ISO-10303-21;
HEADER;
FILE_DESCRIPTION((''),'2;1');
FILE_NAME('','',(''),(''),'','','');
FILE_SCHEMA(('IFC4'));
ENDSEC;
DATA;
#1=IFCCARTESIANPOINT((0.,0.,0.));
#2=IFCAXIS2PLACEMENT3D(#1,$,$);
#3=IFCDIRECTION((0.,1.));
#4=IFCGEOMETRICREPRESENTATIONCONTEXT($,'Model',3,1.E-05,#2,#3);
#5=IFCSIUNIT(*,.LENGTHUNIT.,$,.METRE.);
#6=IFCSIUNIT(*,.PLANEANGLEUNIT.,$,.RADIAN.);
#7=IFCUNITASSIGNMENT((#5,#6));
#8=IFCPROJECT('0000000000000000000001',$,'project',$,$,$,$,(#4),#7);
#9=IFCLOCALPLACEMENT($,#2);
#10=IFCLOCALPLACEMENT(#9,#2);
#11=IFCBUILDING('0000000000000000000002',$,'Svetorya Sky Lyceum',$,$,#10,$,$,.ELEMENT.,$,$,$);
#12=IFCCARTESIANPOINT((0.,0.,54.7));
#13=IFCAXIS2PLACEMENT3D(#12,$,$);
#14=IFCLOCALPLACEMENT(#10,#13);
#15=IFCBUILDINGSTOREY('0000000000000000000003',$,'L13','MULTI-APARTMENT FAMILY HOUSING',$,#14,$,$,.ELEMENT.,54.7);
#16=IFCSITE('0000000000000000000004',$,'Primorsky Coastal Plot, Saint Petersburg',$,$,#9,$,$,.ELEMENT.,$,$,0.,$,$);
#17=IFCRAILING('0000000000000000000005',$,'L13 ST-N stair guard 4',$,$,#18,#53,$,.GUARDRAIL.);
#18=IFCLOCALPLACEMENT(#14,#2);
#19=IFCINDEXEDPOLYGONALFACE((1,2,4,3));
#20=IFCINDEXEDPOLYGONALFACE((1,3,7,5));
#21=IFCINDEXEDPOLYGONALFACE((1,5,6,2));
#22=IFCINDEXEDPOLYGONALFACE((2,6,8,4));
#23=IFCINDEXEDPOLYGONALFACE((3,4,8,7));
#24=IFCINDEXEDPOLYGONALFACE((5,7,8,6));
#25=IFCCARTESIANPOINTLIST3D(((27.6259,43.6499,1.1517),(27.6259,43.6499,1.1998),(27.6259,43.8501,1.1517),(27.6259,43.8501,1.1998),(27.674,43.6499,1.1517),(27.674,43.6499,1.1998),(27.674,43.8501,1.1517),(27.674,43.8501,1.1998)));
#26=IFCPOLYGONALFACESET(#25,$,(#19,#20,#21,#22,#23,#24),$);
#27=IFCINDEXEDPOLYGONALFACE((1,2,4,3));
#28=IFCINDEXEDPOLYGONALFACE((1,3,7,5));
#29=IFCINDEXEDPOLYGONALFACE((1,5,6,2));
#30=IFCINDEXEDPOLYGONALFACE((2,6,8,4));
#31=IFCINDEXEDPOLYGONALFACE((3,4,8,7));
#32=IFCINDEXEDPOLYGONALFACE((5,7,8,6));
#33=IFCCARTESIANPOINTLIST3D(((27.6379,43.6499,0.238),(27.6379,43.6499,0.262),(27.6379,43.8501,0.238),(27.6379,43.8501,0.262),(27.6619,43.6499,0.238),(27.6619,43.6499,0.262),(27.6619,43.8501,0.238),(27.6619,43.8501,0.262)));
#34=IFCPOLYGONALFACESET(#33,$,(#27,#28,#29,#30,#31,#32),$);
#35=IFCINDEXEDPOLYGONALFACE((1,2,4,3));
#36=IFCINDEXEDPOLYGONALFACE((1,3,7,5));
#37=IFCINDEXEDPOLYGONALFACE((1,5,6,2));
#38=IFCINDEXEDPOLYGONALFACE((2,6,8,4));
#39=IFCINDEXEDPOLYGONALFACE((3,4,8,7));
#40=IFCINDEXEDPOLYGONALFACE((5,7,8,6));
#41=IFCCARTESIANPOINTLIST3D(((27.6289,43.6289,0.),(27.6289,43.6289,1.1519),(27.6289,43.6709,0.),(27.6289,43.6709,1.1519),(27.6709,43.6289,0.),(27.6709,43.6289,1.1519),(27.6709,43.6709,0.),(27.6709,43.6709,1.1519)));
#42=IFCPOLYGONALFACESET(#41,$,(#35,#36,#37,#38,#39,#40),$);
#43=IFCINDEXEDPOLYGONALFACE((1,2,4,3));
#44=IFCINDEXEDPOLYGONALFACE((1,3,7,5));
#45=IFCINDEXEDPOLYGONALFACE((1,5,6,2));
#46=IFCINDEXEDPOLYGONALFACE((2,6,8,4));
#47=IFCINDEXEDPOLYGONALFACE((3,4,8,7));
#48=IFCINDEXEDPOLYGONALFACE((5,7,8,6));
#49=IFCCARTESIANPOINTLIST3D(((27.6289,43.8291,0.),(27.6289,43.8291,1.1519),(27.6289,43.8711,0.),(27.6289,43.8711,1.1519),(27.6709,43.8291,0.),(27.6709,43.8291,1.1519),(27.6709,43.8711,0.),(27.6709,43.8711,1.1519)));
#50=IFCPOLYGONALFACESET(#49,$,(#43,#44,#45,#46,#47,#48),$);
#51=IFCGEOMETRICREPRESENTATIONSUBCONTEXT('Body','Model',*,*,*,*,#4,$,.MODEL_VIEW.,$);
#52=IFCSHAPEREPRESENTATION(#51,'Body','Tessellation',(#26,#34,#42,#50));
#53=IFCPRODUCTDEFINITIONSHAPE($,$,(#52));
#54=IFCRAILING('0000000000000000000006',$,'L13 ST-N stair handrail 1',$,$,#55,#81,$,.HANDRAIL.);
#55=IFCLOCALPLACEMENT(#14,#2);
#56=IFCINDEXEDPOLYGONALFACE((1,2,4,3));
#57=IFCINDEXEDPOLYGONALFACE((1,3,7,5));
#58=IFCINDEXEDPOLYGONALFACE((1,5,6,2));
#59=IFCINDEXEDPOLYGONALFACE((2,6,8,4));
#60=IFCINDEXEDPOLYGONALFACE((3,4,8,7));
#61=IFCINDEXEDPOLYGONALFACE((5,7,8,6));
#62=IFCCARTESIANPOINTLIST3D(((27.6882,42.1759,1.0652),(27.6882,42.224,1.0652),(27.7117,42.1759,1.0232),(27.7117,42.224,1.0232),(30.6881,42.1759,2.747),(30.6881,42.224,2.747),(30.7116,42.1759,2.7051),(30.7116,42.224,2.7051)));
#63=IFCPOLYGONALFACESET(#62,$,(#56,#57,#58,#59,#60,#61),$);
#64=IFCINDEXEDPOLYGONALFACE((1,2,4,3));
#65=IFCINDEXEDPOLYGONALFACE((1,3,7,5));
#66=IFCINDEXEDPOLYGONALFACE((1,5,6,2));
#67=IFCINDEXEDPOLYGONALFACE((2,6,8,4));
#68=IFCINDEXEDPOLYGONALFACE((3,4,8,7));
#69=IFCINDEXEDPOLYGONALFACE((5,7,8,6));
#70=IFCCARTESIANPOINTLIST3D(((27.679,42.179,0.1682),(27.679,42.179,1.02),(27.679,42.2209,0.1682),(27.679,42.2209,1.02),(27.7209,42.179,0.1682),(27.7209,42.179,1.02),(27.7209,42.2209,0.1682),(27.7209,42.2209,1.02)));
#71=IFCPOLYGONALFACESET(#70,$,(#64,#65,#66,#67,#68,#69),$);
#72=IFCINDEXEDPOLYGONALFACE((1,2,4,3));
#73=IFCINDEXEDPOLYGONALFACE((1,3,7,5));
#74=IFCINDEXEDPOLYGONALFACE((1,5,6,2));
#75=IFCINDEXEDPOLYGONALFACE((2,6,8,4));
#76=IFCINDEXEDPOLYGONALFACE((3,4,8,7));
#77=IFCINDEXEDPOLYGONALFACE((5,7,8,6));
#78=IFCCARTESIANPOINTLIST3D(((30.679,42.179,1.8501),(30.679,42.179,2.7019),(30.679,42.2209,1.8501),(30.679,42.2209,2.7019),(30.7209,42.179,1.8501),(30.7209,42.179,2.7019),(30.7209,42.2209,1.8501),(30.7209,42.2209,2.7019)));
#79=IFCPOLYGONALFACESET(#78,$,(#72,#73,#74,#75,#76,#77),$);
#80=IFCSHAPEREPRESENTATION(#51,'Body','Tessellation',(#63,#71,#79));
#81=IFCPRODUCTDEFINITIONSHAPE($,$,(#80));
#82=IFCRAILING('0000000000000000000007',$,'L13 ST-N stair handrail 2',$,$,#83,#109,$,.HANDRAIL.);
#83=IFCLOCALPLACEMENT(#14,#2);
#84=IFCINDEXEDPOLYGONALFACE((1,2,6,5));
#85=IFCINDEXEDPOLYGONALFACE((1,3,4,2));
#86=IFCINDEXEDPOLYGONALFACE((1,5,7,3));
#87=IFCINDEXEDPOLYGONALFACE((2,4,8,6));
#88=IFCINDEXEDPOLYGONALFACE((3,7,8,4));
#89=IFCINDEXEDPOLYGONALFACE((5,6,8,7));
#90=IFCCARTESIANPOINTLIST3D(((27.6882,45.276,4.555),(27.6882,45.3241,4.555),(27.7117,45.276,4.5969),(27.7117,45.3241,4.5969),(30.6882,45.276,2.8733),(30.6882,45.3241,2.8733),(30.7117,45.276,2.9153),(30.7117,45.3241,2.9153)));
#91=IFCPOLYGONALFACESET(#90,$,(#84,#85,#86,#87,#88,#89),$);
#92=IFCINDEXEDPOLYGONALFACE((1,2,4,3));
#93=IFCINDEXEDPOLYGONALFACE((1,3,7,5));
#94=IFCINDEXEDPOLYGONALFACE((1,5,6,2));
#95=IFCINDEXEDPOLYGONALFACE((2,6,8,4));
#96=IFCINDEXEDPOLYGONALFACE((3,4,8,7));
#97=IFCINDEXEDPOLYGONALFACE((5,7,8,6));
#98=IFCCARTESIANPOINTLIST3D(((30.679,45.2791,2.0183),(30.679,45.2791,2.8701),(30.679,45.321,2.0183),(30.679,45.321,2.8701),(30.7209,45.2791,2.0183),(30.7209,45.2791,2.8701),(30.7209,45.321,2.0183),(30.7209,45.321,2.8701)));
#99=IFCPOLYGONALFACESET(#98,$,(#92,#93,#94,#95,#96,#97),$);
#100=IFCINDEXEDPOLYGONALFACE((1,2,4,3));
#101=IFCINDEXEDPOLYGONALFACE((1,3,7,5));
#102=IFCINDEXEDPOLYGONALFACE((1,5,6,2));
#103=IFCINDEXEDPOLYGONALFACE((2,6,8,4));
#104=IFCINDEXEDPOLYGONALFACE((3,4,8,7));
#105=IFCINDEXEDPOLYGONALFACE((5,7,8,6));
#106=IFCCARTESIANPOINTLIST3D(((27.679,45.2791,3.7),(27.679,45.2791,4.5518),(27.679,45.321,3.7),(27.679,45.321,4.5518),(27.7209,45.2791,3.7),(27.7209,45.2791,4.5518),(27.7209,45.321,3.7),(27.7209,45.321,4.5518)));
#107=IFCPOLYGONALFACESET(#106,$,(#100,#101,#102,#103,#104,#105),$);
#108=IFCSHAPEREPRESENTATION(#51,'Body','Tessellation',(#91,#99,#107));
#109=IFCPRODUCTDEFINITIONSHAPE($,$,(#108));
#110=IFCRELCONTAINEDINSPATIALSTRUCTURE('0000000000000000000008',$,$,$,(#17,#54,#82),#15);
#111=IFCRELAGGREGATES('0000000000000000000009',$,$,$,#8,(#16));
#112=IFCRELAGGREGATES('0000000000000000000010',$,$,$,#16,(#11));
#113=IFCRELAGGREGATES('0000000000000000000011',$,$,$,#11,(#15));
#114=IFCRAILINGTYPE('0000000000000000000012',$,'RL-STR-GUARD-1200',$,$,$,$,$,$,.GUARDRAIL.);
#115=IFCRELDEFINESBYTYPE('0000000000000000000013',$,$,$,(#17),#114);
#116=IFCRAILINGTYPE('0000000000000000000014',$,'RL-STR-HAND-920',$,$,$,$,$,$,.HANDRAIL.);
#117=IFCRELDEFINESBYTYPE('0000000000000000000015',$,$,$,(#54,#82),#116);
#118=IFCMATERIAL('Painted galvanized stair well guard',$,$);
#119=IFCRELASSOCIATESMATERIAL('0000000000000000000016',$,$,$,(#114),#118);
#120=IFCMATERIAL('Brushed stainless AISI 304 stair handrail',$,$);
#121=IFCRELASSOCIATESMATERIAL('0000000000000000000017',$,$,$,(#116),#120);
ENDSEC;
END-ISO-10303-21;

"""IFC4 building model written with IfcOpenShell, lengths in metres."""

from ifc_helpers import new_model, si_unit, direction, frame, origin, origin_2d, place, context, subcontext, project, spatial, rectangle, extrude, material, type_object, element, save


model = new_model("IFC4")

# Units and contexts
model_context = context("Model", 3, precision=1e-05, world=origin(), true_north=direction((0.0, 1.0)))
body_context = subcontext(model_context, "Body", "Model", "MODEL_VIEW")
ifc_project = project(units=[si_unit("LENGTHUNIT", "METRE"), si_unit("PLANEANGLEUNIT", "RADIAN")], contexts=[model_context])

# Site, building, storey
site_placement = place(None, origin())
site = spatial("IfcSite", under=ifc_project, at=site_placement, Name="Primorsky Coastal Plot, Saint Petersburg", CompositionType="ELEMENT", RefElevation=0.0)
building_placement = place(site_placement, origin())
building = spatial("IfcBuilding", under=site, at=building_placement, Name="Svetorya Sky Lyceum", CompositionType="ELEMENT")
storey_placement = place(building_placement, frame((0.0, 0.0, 54.7)))
storey = spatial("IfcBuildingStorey", under=building, at=storey_placement, Name="L13", Description="MULTI-APARTMENT FAMILY HOUSING", CompositionType="ELEMENT", Elevation=54.7)

# Railings
ifc_material_1 = material(Name="Painted galvanized stair well guard")
railing_type_1 = type_object("IfcRailingType", Name="RL-STR-GUARD-1200", PredefinedType="GUARDRAIL", material=ifc_material_1)
railing_1_placement = place(storey_placement, frame((27.6499, 43.6499, 0.0)))
element("IfcRailing", 1, at=railing_1_placement, inside=storey, type_object=railing_type_1, Name="L13 ST-N stair guard 4", PredefinedType="GUARDRAIL", context=body_context, shape_type="SweptSolid", body=[
    extrude(rectangle(XDim=0.0481, YDim=0.0481, at=origin_2d()), frame((0.0, 0.0, 1.1758), z_axis=(0.0, 1.0, 0.0), x_axis=(-1.0, 0.0, 0.0)), (0.0, 0.0, 1.0), 0.2002),
    extrude(rectangle(XDim=0.0239, YDim=0.0239, at=origin_2d()), frame((0.0, 0.0, 0.25), z_axis=(0.0, 1.0, 0.0), x_axis=(-1.0, 0.0, 0.0)), (0.0, 0.0, 1.0), 0.2002),
    extrude(rectangle(XDim=0.042, YDim=0.042, at=origin_2d()), origin(), (0.0, 0.0, 1.0), 1.1519),
    extrude(rectangle(XDim=0.042, YDim=0.042, at=origin_2d()), frame((0.0, 0.2002, 0.0)), (0.0, 0.0, 1.0), 1.1519),
])
ifc_material_2 = material(Name="Brushed stainless AISI 304 stair handrail")
railing_type_2 = type_object("IfcRailingType", Name="RL-STR-HAND-920", PredefinedType="HANDRAIL", material=ifc_material_2)
railing_2_placement = place(storey_placement, frame((27.7, 42.2, 0.1682)))
element("IfcRailing", 2, at=railing_2_placement, inside=storey, type_object=railing_type_2, Name="L13 ST-N stair handrail 1", PredefinedType="HANDRAIL", context=body_context, shape_type="SweptSolid", body=[
    extrude(rectangle(XDim=0.0481, YDim=0.0481, at=origin_2d()), frame((0.0, 0.0, 0.876), z_axis=(0.872272, 0.0, 0.48902), x_axis=(0.0, 1.0, 0.0)), (0.0, 0.0, 1.0), 3.4392),
    extrude(rectangle(XDim=0.042, YDim=0.042, at=origin_2d()), origin(), (0.0, 0.0, 1.0), 0.8518),
    extrude(rectangle(XDim=0.042, YDim=0.042, at=origin_2d()), frame((3.0, 0.0, 1.6819)), (0.0, 0.0, 1.0), 0.8518),
])
railing_3_placement = place(storey_placement, frame((30.7, 45.3, 2.0183)))
element("IfcRailing", 3, at=railing_3_placement, inside=storey, type_object=railing_type_2, Name="L13 ST-N stair handrail 2", PredefinedType="HANDRAIL", context=body_context, shape_type="SweptSolid", body=[
    extrude(rectangle(XDim=0.0481, YDim=0.0481, at=origin_2d()), frame((0.0, 0.0, 0.876), z_axis=(-0.872303, 0.0, 0.488966), x_axis=(0.0, -1.0, 0.0)), (0.0, 0.0, 1.0), 3.4392),
    extrude(rectangle(XDim=0.042, YDim=0.042, at=origin_2d()), origin(), (0.0, 0.0, 1.0), 0.8518),
    extrude(rectangle(XDim=0.042, YDim=0.042, at=origin_2d()), frame((-3.0, 0.0, 1.6816)), (0.0, 0.0, 1.0), 0.8518),
])

save(model, "model.ifc")
